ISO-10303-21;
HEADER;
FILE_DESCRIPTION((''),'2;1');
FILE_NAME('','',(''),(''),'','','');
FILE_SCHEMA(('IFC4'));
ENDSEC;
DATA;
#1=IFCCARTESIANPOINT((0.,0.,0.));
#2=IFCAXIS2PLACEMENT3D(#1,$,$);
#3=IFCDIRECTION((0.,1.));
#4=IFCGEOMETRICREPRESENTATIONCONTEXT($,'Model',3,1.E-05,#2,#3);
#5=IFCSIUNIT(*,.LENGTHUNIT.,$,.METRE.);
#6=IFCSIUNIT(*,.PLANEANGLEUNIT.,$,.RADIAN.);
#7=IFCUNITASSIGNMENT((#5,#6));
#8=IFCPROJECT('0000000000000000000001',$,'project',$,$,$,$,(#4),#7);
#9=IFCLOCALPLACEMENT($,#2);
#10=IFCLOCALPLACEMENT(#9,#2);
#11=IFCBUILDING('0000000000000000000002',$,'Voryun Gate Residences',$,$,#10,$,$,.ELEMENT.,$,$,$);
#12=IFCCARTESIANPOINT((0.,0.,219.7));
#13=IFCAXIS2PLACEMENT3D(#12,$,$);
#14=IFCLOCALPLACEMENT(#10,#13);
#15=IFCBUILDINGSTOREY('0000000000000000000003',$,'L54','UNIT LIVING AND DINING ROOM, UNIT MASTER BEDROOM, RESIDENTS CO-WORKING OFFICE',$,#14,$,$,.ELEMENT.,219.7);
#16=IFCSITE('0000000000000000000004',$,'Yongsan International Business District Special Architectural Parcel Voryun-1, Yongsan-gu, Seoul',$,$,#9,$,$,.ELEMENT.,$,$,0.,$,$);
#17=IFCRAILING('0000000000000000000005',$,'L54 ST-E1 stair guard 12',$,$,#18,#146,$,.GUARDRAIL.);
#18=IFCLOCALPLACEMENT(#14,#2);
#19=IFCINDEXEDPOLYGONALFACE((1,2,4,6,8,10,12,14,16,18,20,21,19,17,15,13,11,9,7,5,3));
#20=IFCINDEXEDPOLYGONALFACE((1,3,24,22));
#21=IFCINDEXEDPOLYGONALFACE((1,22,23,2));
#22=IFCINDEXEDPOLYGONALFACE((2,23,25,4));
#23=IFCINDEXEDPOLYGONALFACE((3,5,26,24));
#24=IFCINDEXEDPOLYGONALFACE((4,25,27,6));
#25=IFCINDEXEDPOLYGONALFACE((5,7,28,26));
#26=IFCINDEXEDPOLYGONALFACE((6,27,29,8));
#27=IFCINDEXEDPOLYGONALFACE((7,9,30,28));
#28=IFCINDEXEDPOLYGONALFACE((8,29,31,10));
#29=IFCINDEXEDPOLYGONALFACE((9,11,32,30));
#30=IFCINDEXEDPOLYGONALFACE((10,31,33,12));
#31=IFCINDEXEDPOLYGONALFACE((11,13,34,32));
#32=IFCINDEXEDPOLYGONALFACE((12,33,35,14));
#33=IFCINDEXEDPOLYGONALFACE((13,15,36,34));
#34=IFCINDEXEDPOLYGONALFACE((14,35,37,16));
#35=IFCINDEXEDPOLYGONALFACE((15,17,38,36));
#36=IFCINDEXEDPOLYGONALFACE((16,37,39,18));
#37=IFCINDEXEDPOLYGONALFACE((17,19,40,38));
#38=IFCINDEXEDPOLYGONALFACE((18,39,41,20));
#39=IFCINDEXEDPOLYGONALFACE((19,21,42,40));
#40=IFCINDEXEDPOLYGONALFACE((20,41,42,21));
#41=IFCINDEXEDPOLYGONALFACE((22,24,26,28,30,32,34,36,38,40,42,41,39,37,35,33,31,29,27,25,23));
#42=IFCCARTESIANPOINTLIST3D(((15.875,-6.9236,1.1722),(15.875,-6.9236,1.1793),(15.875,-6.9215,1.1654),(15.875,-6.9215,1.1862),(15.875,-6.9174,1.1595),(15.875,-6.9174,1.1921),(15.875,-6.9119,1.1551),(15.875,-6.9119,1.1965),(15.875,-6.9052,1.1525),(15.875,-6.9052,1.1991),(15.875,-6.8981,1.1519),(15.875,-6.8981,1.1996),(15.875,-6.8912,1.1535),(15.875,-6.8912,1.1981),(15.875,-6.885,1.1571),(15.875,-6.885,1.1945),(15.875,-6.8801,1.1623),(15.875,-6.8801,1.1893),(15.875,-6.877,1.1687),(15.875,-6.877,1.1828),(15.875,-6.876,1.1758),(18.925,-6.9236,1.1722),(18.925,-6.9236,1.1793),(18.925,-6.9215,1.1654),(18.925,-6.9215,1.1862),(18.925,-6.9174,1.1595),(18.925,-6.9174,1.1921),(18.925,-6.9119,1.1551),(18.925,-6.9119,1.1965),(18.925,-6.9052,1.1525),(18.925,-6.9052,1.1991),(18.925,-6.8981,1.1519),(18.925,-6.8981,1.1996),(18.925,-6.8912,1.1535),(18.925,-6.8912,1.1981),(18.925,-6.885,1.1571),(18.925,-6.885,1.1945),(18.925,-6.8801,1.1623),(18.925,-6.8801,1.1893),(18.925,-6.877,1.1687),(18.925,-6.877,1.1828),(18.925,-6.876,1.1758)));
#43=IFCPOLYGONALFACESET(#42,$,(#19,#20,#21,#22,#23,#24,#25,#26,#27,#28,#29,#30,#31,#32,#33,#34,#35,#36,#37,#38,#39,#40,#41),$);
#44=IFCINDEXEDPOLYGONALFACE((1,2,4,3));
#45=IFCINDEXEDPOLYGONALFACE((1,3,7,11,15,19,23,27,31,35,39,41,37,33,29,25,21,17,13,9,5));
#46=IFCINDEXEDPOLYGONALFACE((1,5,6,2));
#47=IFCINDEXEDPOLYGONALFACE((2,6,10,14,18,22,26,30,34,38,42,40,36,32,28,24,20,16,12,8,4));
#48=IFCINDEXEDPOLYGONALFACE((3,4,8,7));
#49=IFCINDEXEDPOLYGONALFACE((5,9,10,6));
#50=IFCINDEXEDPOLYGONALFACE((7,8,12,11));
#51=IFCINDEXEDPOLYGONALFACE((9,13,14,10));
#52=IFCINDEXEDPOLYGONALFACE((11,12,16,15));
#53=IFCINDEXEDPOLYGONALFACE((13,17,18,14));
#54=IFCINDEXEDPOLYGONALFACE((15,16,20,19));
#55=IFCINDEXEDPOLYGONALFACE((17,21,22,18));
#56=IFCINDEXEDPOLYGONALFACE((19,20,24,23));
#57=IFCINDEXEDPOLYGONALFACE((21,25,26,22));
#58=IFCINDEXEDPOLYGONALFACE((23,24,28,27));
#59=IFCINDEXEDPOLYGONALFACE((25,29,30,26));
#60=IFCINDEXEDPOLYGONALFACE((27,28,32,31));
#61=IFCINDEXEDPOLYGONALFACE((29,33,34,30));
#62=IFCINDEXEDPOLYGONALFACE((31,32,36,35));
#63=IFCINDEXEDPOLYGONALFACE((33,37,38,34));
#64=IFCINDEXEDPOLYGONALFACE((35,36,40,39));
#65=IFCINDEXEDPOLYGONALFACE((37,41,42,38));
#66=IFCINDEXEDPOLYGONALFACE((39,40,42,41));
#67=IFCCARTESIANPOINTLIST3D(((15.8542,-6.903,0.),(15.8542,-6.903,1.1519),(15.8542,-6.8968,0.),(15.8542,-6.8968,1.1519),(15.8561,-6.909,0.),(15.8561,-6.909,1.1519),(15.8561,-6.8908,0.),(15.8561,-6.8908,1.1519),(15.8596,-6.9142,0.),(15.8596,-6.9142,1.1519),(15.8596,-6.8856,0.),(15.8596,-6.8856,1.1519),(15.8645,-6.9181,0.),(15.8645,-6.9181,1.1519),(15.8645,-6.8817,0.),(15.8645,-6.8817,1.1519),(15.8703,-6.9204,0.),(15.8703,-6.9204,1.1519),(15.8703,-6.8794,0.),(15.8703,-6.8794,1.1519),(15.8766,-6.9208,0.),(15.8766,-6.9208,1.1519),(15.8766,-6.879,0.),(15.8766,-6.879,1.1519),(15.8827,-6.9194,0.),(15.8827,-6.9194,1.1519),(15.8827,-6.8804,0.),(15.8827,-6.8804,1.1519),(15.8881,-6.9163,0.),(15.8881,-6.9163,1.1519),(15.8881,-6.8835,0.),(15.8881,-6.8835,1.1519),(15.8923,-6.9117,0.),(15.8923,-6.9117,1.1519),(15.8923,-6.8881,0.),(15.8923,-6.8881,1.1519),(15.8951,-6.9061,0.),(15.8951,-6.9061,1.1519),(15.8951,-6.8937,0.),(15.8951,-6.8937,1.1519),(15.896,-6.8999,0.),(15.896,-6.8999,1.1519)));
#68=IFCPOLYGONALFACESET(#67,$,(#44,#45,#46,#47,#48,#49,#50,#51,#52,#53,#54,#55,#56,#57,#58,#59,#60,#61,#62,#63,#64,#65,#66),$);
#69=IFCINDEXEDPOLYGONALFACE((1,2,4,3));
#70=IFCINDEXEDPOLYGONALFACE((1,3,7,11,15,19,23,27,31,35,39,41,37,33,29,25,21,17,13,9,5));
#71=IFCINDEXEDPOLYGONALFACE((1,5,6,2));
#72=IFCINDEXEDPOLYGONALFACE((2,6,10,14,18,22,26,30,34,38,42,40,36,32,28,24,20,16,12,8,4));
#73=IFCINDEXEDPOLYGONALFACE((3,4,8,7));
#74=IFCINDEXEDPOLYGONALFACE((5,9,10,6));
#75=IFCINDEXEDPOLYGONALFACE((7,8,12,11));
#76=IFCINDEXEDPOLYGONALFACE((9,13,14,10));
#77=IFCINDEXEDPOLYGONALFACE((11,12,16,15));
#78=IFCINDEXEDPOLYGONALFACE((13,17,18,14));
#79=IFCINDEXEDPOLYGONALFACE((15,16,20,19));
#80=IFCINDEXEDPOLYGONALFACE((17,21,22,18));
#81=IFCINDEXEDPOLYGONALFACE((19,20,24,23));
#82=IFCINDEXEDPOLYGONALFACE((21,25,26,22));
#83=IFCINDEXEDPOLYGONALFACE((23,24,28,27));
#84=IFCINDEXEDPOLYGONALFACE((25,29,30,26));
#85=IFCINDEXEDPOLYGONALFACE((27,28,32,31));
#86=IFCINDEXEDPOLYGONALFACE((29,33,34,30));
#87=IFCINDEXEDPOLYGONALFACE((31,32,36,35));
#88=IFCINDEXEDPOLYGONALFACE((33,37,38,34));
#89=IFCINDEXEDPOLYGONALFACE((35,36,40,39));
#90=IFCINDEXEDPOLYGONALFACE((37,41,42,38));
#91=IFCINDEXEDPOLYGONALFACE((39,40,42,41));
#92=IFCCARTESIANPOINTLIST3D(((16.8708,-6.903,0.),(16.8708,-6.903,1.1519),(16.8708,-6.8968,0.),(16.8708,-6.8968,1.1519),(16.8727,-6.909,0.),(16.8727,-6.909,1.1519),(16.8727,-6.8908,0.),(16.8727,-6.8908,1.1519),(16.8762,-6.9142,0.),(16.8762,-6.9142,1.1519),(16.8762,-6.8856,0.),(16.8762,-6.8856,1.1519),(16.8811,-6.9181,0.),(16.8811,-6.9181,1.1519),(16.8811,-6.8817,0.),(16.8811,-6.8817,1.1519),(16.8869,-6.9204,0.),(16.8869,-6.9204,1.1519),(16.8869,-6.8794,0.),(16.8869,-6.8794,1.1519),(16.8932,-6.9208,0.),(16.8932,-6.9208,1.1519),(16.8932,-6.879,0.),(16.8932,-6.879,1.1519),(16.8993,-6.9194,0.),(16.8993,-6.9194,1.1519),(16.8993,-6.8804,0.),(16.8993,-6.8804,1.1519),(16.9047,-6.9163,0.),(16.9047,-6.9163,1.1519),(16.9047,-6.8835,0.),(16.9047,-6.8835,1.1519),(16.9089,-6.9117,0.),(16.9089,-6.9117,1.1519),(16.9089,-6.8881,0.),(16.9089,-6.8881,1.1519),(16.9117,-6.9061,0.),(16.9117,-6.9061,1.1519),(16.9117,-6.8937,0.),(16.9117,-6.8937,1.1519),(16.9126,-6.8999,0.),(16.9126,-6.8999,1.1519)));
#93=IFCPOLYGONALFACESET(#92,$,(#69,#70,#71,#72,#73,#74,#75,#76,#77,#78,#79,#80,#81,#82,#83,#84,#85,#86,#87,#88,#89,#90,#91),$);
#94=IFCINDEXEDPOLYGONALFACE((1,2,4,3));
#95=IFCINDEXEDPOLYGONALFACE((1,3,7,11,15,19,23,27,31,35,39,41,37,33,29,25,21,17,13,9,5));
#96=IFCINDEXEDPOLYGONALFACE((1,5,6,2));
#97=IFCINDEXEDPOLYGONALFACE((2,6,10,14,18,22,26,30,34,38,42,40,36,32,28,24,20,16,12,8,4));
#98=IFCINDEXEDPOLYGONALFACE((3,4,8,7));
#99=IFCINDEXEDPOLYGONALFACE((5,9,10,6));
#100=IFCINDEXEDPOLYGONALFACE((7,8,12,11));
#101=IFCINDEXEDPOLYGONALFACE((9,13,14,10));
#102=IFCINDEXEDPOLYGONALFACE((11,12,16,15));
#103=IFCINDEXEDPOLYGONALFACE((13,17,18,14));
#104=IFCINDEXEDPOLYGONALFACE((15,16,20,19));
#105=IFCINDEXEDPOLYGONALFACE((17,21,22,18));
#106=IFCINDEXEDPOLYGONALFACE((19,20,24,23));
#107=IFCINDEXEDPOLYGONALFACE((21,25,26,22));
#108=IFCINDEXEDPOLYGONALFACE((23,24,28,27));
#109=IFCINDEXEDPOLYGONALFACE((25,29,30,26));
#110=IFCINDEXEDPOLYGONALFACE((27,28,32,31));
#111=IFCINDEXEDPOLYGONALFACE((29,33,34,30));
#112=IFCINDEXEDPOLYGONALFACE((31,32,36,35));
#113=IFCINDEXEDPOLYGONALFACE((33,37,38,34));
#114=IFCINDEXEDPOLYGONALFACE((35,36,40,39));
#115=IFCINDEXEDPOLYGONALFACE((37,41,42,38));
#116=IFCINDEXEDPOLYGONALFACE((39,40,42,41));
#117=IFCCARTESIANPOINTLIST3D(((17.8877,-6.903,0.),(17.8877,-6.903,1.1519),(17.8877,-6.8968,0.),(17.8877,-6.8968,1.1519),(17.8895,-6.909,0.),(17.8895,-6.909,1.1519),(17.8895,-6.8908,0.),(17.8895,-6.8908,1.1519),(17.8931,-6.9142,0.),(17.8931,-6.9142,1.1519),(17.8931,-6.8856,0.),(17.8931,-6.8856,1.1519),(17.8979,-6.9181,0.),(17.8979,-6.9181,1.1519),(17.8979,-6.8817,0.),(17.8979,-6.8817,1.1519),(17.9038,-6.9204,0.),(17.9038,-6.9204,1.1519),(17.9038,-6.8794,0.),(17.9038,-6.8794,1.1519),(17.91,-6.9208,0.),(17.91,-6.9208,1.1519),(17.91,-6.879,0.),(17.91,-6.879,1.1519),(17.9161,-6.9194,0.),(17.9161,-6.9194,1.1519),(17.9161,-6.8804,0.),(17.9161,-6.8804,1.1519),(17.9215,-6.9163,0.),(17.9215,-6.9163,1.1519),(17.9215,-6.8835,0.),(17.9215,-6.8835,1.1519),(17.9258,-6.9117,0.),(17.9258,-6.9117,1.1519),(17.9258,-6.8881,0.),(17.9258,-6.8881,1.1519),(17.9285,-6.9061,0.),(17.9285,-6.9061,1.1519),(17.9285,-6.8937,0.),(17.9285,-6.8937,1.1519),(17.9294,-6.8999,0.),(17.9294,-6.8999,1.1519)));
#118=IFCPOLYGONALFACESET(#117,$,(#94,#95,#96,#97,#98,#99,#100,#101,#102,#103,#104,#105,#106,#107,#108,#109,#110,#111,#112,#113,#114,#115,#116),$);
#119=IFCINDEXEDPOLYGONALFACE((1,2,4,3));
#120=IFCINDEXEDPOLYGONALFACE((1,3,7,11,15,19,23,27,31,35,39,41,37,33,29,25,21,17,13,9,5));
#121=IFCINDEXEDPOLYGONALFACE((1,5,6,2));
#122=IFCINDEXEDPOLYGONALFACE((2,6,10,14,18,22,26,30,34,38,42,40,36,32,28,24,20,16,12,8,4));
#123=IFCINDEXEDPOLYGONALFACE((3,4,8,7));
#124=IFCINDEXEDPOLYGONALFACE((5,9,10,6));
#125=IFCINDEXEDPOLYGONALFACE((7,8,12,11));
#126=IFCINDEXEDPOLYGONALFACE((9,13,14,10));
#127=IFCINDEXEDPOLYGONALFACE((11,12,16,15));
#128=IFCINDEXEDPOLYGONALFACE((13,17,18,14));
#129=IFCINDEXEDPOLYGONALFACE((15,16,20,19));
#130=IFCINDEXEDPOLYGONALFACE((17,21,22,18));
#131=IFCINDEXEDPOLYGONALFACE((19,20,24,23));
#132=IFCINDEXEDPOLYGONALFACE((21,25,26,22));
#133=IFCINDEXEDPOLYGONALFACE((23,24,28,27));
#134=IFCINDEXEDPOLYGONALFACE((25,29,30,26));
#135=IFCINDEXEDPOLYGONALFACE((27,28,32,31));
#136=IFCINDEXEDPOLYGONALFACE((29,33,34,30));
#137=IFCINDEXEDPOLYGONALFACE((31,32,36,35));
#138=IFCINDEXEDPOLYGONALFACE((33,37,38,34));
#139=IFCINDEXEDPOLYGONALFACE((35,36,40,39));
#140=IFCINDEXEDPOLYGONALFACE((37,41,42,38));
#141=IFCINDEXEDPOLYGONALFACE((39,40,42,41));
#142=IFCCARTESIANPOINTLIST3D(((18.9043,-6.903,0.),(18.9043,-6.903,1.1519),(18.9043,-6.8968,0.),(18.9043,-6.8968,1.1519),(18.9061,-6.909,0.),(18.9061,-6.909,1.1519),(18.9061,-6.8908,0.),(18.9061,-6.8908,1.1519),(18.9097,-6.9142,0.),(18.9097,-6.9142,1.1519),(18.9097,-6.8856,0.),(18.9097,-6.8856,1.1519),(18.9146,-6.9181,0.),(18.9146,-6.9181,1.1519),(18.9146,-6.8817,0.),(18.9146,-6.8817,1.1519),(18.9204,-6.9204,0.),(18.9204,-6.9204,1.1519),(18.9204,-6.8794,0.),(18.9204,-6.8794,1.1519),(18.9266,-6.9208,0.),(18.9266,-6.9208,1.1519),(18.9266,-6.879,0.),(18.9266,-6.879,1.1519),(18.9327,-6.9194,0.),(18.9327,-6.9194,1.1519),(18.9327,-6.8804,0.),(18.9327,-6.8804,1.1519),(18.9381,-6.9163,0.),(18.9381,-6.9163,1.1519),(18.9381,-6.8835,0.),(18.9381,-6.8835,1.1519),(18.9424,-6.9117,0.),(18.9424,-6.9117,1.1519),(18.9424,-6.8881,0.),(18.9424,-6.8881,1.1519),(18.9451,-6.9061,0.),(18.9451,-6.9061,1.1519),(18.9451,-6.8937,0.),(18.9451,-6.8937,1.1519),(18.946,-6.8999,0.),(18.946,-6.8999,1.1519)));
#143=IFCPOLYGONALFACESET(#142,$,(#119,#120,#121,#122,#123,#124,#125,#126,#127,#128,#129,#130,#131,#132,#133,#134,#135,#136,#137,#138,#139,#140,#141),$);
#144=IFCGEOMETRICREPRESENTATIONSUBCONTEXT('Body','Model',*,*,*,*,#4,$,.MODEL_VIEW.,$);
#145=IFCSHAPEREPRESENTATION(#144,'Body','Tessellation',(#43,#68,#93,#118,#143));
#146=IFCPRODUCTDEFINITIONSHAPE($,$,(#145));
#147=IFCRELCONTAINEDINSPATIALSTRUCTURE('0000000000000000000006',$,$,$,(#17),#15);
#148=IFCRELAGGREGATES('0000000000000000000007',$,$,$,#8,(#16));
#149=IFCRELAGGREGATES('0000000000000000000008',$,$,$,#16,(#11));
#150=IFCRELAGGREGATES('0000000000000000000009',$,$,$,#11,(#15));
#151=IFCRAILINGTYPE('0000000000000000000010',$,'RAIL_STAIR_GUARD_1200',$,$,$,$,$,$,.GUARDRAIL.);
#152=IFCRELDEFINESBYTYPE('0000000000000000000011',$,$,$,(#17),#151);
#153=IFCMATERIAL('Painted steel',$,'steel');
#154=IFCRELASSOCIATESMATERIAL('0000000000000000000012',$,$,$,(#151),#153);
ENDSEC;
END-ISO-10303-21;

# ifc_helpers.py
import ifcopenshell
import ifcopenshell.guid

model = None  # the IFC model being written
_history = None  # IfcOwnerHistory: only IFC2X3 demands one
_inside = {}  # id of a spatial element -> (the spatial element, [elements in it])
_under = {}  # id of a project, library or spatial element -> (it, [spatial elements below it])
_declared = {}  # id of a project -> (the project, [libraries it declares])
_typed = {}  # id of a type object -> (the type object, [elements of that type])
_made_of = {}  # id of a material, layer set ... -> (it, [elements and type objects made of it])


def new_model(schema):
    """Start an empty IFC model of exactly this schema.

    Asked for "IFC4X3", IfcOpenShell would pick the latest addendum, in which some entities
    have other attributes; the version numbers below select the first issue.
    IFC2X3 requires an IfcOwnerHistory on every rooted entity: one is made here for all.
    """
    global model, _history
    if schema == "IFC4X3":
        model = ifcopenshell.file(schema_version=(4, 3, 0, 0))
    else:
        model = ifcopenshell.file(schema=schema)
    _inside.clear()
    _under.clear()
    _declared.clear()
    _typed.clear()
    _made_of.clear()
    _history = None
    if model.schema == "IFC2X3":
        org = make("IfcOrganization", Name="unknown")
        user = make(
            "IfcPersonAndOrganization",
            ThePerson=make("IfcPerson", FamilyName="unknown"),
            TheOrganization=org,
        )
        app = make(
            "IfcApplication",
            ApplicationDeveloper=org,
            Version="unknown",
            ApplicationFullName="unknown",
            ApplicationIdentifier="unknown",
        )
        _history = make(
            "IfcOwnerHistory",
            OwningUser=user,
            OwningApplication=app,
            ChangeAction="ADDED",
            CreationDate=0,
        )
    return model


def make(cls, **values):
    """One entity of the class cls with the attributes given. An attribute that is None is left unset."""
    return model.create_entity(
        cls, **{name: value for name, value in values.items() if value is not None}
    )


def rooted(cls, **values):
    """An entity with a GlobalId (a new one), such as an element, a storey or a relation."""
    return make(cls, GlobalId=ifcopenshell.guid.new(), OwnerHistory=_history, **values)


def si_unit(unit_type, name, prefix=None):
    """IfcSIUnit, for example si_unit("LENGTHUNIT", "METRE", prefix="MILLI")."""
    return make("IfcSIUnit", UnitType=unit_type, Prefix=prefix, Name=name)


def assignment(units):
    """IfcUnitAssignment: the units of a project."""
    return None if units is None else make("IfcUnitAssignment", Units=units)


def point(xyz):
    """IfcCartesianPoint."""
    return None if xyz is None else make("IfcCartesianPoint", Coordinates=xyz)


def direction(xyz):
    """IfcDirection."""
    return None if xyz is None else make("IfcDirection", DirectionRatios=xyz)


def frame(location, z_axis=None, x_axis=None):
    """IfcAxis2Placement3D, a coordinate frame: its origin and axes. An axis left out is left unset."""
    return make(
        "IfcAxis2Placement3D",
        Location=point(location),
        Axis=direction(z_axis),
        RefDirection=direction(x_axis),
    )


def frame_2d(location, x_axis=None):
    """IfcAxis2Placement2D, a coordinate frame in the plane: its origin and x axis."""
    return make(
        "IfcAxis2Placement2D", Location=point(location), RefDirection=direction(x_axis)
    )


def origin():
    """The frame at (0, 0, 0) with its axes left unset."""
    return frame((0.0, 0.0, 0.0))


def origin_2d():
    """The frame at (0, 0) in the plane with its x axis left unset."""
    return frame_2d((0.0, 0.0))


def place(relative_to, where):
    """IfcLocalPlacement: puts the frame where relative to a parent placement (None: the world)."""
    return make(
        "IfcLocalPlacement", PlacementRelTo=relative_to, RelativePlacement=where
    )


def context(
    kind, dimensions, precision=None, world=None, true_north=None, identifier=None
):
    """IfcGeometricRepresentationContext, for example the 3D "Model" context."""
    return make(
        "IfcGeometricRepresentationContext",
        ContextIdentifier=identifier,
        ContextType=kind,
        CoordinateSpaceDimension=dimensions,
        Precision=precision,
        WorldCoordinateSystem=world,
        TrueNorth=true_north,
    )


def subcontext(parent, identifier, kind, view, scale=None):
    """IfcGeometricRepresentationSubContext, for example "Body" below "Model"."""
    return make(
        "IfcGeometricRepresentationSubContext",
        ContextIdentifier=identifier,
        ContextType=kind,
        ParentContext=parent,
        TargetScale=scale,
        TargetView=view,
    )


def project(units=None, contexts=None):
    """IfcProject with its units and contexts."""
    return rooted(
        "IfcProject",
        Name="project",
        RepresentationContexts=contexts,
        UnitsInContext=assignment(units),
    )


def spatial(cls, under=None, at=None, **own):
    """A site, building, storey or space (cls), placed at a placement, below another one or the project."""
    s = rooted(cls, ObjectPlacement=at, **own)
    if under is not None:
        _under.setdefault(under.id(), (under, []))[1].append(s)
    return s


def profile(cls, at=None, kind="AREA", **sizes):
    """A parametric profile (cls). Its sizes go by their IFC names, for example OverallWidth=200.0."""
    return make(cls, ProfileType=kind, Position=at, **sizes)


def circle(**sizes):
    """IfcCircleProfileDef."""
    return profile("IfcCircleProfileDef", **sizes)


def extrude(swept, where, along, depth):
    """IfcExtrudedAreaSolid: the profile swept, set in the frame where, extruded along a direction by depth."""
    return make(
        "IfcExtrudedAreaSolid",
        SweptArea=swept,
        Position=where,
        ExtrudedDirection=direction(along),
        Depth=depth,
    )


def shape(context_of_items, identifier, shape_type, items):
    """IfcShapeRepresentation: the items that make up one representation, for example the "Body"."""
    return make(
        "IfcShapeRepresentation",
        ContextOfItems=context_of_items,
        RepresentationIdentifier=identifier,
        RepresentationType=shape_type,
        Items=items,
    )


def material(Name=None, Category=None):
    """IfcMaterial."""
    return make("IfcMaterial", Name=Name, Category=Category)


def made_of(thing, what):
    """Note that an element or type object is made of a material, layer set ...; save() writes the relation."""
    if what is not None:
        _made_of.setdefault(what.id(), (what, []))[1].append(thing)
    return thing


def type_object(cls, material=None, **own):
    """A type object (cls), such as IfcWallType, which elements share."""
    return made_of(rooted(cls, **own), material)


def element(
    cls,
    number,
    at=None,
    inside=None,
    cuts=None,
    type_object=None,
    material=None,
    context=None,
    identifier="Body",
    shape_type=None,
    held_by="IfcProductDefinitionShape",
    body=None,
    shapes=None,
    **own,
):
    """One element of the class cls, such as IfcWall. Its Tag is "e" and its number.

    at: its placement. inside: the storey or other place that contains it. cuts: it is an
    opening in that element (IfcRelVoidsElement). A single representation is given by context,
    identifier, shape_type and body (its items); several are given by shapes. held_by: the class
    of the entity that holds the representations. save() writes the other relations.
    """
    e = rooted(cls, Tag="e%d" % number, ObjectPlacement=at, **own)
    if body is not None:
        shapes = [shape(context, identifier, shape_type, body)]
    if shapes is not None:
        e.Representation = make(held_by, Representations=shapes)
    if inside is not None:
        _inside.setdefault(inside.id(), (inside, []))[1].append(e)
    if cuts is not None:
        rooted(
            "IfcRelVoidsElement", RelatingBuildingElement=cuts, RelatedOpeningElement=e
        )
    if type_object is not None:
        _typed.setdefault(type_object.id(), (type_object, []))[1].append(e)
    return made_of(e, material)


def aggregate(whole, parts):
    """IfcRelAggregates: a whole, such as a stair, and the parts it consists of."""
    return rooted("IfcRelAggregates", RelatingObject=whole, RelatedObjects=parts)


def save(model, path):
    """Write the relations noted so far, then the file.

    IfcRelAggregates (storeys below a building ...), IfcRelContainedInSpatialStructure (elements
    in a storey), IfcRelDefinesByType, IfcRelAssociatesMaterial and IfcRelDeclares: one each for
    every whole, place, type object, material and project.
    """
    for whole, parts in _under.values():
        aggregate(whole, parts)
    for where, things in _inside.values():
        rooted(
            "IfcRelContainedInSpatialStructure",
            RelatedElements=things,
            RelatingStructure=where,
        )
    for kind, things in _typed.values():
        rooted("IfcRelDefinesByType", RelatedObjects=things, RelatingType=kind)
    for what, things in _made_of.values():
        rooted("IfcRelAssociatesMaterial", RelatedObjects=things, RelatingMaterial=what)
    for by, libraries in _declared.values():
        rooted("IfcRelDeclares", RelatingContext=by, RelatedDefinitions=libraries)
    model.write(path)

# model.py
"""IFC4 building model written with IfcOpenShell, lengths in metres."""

from ifc_helpers import new_model, si_unit, direction, frame, origin, origin_2d, place, context, subcontext, project, spatial, circle, extrude, material, type_object, element, save


model = new_model("IFC4")

# Units and contexts
model_context = context("Model", 3, precision=1e-05, world=origin(), true_north=direction((0.0, 1.0)))
body_context = subcontext(model_context, "Body", "Model", "MODEL_VIEW")
ifc_project = project(units=[si_unit("LENGTHUNIT", "METRE"), si_unit("PLANEANGLEUNIT", "RADIAN")], contexts=[model_context])

# Site, building, storey
site_placement = place(None, origin())
site = spatial("IfcSite", under=ifc_project, at=site_placement, Name="Yongsan International Business District Special Architectural Parcel Voryun-1, Yongsan-gu, Seoul", CompositionType="ELEMENT", RefElevation=0.0)
building_placement = place(site_placement, origin())
building = spatial("IfcBuilding", under=site, at=building_placement, Name="Voryun Gate Residences", CompositionType="ELEMENT")
storey_placement = place(building_placement, frame((0.0, 0.0, 219.7)))
storey = spatial("IfcBuildingStorey", under=building, at=storey_placement, Name="L54", Description="UNIT LIVING AND DINING ROOM, UNIT MASTER BEDROOM, RESIDENTS CO-WORKING OFFICE", CompositionType="ELEMENT", Elevation=219.7)

# Railing
ifc_material_1 = material(Name="Painted steel", Category="steel")
railing_type = type_object("IfcRailingType", Name="RAIL_STAIR_GUARD_1200", PredefinedType="GUARDRAIL", material=ifc_material_1)
railing_1_placement = place(storey_placement, frame((15.875, -6.8999, 0.0)))
element("IfcRailing", 1, at=railing_1_placement, inside=storey, type_object=railing_type, Name="L54 ST-E1 stair guard 12", PredefinedType="GUARDRAIL", context=body_context, shape_type="SweptSolid", body=[
    extrude(circle(Radius=0.0239, at=origin_2d()), frame((0.0, 0.0, 1.1758), z_axis=(1.0, 0.0, 0.0), x_axis=(0.0, 1.0, 0.0)), (0.0, 0.0, 1.0), 3.05),
    extrude(circle(Radius=0.021, at=origin_2d()), origin(), (0.0, 0.0, 1.0), 1.1519),
    extrude(circle(Radius=0.021, at=origin_2d()), frame((1.0166, 0.0, 0.0)), (0.0, 0.0, 1.0), 1.1519),
    extrude(circle(Radius=0.021, at=origin_2d()), frame((2.0334, 0.0, 0.0)), (0.0, 0.0, 1.0), 1.1519),
    extrude(circle(Radius=0.021, at=origin_2d()), frame((3.05, 0.0, 0.0)), (0.0, 0.0, 1.0), 1.1519),
])

save(model, "model.ifc")
